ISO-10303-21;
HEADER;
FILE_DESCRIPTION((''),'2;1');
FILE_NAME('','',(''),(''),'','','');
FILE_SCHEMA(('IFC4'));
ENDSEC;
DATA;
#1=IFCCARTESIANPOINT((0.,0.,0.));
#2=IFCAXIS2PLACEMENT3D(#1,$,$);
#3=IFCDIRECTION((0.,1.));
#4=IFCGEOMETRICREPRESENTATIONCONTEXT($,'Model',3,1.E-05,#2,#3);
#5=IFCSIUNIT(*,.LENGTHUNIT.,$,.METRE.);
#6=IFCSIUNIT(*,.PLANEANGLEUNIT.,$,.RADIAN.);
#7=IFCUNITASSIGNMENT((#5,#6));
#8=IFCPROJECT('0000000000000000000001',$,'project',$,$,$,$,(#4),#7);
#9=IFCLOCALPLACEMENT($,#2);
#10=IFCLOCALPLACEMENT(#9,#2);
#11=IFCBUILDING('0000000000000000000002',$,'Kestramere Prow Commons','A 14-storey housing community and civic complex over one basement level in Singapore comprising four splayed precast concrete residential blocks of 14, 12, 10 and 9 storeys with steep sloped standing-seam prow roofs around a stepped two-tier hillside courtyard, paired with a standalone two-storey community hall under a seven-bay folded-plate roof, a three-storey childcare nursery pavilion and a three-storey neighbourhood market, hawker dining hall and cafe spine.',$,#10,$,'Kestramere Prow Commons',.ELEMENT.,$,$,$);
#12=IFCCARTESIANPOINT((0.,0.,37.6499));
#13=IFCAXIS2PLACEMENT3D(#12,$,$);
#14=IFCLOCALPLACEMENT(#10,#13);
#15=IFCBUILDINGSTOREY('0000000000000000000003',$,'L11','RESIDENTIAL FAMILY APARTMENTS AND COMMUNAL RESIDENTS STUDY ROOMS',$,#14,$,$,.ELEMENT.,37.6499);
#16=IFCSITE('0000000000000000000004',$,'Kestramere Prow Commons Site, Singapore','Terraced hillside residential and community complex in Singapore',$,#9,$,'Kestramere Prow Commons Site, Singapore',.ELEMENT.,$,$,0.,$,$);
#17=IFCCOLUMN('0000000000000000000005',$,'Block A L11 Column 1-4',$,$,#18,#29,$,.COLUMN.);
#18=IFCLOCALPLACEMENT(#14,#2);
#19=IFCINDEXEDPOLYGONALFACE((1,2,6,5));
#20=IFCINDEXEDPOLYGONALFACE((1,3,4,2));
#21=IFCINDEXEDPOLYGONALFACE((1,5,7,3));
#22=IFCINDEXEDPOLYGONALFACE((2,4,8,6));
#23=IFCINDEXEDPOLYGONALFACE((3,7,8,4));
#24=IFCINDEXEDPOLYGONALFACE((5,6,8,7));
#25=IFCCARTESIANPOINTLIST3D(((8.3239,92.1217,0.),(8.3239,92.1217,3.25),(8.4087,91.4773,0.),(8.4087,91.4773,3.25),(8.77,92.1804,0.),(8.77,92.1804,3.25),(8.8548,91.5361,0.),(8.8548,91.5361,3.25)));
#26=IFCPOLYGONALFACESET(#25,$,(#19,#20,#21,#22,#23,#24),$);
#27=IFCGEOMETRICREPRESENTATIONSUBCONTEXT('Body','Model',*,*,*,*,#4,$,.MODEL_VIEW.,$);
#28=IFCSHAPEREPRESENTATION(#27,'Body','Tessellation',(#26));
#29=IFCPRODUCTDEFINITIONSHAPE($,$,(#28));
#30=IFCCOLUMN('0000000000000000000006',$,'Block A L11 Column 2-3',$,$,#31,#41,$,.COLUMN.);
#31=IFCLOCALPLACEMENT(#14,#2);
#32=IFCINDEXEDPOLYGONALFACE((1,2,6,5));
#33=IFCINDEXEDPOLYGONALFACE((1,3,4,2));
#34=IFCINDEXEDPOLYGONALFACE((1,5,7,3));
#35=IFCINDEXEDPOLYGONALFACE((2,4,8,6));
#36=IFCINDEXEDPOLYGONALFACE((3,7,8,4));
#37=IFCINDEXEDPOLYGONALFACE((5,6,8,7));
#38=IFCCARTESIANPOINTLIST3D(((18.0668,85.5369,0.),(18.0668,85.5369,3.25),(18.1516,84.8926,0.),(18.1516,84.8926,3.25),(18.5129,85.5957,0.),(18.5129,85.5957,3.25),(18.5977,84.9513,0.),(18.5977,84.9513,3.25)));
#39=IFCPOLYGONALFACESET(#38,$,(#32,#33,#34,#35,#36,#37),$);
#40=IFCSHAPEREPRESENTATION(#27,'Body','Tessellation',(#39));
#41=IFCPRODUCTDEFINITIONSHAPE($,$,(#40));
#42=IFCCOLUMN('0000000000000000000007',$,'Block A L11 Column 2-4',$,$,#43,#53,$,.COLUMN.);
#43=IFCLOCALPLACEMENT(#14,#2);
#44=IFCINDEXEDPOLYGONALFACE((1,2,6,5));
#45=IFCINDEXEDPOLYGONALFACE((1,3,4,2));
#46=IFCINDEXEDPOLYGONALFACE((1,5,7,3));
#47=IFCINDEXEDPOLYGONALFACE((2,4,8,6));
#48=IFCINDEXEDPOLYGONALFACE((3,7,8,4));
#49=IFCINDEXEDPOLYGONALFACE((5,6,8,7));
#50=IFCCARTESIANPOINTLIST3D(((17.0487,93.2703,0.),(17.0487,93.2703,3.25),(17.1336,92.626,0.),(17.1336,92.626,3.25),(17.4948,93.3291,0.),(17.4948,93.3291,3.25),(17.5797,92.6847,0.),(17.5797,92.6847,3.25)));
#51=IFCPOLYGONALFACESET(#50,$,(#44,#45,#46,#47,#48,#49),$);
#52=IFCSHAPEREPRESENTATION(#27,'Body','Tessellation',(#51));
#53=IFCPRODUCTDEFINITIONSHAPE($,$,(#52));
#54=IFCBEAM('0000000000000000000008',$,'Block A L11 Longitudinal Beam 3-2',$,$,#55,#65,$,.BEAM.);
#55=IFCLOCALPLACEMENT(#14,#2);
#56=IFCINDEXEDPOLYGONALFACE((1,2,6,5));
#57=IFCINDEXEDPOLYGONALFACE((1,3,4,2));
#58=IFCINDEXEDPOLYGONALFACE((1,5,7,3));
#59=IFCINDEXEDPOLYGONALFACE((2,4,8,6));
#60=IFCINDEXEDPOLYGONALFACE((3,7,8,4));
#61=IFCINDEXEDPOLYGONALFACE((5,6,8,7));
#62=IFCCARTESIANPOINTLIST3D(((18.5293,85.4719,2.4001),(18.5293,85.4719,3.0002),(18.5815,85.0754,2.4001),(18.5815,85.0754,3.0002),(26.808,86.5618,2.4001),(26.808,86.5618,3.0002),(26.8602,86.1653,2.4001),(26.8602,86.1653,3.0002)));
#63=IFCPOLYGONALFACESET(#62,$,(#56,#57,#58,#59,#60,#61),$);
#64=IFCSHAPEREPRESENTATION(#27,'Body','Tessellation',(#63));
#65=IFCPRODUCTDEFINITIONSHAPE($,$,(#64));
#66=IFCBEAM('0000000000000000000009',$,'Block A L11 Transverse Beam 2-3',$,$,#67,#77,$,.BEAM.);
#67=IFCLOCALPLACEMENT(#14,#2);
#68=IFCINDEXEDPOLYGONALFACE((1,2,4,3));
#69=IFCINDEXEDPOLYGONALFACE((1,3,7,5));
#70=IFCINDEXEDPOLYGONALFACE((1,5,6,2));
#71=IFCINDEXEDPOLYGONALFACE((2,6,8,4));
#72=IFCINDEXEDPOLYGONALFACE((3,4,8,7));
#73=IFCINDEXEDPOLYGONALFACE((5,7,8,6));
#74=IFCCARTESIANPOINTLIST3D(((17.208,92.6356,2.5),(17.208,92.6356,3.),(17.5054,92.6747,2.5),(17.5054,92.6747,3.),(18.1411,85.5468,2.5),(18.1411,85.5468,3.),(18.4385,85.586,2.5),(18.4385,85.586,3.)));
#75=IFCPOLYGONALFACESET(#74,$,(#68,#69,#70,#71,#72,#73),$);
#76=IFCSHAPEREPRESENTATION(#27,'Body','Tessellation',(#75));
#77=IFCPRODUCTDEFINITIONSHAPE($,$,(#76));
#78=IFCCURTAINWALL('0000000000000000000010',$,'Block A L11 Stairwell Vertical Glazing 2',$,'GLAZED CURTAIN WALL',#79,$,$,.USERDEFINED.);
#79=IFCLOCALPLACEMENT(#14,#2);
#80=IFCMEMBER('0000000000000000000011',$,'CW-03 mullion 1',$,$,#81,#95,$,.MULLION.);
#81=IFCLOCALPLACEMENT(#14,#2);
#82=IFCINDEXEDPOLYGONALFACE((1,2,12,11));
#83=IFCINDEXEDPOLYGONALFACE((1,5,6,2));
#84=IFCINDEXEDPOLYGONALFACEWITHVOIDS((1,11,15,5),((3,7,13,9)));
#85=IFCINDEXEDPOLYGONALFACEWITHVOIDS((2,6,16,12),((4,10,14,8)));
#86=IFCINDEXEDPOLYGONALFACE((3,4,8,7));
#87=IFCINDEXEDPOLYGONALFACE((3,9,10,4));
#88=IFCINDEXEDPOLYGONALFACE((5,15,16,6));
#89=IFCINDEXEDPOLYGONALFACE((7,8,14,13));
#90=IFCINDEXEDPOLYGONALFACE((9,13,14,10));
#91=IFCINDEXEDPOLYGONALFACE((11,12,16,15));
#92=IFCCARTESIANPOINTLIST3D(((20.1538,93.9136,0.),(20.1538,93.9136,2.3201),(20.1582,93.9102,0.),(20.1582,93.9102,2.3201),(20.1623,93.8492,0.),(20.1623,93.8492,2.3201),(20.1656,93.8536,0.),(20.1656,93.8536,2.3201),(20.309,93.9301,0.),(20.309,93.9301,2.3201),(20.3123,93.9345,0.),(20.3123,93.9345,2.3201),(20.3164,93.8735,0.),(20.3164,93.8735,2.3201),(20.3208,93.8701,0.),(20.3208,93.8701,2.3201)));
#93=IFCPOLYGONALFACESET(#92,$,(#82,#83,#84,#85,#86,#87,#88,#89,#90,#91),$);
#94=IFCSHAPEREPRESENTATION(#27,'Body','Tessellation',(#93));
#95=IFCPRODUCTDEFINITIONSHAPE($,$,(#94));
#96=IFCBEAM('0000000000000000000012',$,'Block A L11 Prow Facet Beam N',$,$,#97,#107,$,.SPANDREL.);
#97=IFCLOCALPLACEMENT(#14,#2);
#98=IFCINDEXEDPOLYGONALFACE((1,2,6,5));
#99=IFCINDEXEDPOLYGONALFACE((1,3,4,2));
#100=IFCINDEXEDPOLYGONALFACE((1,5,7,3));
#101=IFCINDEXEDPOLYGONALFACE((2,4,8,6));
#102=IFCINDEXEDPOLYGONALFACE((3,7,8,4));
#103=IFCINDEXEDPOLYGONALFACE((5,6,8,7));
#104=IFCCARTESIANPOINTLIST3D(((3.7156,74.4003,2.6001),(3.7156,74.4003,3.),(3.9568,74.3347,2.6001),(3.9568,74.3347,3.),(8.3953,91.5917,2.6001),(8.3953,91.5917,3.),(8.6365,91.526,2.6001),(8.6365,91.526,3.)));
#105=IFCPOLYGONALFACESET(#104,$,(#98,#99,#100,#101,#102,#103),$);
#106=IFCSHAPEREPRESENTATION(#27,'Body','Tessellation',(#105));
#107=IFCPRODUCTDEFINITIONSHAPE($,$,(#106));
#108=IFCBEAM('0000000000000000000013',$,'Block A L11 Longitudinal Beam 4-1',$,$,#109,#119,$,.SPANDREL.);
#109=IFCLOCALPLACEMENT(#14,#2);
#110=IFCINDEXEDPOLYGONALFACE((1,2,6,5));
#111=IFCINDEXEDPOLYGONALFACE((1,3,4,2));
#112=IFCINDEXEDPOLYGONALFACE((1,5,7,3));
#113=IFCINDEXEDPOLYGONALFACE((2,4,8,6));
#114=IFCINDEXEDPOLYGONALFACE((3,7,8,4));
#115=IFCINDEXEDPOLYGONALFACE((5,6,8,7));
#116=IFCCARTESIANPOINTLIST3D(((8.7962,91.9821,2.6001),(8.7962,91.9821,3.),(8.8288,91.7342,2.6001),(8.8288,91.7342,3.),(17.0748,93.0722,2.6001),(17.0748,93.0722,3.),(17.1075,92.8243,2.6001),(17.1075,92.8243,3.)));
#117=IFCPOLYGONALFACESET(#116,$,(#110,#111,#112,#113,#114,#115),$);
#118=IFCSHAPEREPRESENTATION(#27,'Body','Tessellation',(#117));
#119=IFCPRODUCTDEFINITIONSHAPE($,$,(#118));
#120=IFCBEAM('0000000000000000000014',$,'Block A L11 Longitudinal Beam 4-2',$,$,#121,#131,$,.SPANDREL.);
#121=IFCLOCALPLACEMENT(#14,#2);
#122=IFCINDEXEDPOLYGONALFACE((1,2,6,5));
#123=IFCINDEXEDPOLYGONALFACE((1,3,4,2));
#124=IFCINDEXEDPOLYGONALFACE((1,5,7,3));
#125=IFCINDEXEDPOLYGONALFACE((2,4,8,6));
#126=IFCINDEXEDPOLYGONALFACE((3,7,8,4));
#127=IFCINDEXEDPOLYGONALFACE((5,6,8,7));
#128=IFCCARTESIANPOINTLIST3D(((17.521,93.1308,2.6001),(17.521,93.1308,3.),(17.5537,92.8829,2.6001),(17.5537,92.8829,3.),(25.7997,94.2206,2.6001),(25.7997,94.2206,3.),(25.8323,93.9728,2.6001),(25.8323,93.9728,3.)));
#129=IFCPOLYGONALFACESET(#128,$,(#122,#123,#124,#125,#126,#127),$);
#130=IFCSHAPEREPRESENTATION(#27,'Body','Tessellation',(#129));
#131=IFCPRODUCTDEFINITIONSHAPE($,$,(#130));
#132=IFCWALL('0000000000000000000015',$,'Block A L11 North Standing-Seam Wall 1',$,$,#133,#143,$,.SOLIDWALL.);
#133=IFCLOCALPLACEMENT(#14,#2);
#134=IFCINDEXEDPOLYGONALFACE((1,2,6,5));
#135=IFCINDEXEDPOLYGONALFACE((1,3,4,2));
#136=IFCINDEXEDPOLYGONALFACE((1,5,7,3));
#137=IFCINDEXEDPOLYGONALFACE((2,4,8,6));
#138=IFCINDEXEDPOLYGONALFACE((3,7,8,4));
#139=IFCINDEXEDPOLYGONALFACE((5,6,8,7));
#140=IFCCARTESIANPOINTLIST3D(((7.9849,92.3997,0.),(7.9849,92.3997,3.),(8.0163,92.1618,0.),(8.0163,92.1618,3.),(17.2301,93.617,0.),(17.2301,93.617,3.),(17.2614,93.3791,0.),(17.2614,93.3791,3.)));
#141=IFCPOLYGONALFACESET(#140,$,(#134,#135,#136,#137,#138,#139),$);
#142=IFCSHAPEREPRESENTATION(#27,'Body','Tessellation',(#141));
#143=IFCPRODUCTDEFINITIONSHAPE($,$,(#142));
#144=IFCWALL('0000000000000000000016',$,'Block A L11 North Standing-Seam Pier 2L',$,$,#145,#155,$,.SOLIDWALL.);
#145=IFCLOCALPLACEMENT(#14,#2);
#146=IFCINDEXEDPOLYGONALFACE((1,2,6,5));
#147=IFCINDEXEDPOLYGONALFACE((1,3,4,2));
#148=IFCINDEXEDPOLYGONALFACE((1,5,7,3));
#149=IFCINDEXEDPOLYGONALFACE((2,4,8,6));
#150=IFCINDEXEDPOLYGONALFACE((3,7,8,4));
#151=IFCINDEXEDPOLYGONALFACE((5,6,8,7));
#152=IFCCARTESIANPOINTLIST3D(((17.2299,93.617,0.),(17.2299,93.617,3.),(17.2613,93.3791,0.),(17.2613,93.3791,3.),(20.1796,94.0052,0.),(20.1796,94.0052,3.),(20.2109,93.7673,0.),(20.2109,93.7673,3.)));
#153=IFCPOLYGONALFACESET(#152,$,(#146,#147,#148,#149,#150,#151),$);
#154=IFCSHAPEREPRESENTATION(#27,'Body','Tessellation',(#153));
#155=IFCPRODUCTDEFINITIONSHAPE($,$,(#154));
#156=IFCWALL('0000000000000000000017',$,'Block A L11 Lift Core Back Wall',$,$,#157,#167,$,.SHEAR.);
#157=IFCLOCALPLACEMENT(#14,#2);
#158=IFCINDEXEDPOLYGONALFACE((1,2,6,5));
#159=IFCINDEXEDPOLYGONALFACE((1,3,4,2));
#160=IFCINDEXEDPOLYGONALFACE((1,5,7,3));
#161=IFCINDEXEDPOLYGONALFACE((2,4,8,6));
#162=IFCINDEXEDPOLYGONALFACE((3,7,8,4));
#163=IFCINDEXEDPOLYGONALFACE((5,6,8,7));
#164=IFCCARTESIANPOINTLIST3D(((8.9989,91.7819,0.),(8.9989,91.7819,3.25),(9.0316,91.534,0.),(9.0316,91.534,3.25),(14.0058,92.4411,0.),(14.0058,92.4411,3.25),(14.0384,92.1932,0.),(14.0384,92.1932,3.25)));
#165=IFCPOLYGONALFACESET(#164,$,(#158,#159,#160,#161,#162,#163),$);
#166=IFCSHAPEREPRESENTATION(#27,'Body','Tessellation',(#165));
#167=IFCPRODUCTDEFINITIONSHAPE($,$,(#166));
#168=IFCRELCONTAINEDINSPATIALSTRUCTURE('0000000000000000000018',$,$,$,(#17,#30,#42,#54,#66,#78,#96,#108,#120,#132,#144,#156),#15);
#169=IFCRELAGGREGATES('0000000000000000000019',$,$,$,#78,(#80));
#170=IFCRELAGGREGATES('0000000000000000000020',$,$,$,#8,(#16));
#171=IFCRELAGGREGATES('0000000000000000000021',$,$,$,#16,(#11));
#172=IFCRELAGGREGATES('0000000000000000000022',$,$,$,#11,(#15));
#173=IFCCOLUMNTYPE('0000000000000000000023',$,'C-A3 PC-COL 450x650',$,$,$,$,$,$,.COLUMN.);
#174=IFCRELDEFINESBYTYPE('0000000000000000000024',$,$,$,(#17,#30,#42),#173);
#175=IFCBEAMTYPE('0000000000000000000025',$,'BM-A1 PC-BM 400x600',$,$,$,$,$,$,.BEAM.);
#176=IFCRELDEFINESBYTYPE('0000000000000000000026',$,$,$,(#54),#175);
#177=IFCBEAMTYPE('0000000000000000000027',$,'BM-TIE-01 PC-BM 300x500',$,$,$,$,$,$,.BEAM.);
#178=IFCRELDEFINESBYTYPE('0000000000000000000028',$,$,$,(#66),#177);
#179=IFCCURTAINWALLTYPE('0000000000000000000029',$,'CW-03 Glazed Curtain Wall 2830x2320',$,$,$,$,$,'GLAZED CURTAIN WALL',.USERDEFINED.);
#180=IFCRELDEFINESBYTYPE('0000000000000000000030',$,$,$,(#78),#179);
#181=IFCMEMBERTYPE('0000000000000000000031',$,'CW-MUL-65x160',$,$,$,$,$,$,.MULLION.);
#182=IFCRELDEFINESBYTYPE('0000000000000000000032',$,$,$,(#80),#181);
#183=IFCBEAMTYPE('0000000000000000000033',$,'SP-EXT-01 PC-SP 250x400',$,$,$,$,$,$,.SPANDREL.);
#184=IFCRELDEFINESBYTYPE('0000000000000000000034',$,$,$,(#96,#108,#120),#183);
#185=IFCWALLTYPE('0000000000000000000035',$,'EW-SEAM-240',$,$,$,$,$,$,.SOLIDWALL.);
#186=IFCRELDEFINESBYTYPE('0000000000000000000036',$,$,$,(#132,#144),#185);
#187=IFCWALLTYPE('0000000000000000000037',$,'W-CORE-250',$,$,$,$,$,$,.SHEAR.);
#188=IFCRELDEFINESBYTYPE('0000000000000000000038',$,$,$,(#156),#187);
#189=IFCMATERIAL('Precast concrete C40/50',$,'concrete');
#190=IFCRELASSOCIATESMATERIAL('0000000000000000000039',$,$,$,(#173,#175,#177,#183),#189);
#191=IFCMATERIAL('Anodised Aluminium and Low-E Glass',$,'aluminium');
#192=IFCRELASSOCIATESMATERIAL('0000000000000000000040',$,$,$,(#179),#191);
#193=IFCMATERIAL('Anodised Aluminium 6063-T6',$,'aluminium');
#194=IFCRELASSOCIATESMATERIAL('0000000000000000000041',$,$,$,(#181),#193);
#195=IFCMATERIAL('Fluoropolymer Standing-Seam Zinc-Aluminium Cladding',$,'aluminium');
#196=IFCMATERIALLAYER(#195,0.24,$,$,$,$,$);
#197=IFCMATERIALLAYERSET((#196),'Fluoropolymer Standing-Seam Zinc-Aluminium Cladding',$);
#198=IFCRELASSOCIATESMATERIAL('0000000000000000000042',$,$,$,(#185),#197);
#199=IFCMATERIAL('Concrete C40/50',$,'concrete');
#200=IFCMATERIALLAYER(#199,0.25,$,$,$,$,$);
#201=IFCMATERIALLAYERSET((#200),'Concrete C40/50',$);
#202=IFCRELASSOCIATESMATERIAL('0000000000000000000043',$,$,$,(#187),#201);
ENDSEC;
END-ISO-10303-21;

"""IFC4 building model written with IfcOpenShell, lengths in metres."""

from ifc_helpers import new_model, si_unit, direction, frame, frame_2d, origin, origin_2d, place, context, subcontext, project, spatial, rectangle, hollow_rectangle, extrude, material, layer, layer_set, material_profile, profile_set, type_object, element, aggregate, save


model = new_model("IFC4")

# Units and contexts
model_context = context("Model", 3, precision=1e-05, world=origin(), true_north=direction((0.0, 1.0)))
body_context = subcontext(model_context, "Body", "Model", "MODEL_VIEW")
ifc_project = project(units=[si_unit("LENGTHUNIT", "METRE"), si_unit("PLANEANGLEUNIT", "RADIAN")], contexts=[model_context])

# Site, building, storey
site_placement = place(None, origin())
site = spatial("IfcSite", under=ifc_project, at=site_placement, Name="Kestramere Prow Commons Site, Singapore", Description="Terraced hillside residential and community complex in Singapore", LongName="Kestramere Prow Commons Site, Singapore", CompositionType="ELEMENT", RefElevation=0.0)
building_placement = place(site_placement, origin())
building = spatial("IfcBuilding", under=site, at=building_placement, Name="Kestramere Prow Commons", Description="A 14-storey housing community and civic complex over one basement level in Singapore comprising four splayed precast concrete residential blocks of 14, 12, 10 and 9 storeys with steep sloped standing-seam prow roofs around a stepped two-tier hillside courtyard, paired with a standalone two-storey community hall under a seven-bay folded-plate roof, a three-storey childcare nursery pavilion and a three-storey neighbourhood market, hawker dining hall and cafe spine.", LongName="Kestramere Prow Commons", CompositionType="ELEMENT")
storey_placement = place(building_placement, frame((0.0, 0.0, 37.6499)))
storey = spatial("IfcBuildingStorey", under=building, at=storey_placement, Name="L11", Description="RESIDENTIAL FAMILY APARTMENTS AND COMMUNAL RESIDENTS STUDY ROOMS", CompositionType="ELEMENT", Elevation=37.6499)

# Columns
ifc_material_1 = material(Name="Precast concrete C40/50", Category="concrete")
ifc_material_profile_1 = material_profile(ifc_material_1, rectangle(XDim=0.45, YDim=0.6499, at=origin_2d()), Name="PC-COL 450x650")
ifc_profile_set_1 = profile_set([ifc_material_profile_1], Name="Precast concrete C40/50")
column_type = type_object("IfcColumnType", Name="C-A3 PC-COL 450x650", PredefinedType="COLUMN", material=ifc_profile_set_1)
for number, where, z_axis, x_axis, name in (
    (1, (8.5894, 91.8289, 0.0), (0.0, 0.0, 1.0), (0.991445, 0.130526, 0.0), "Block A L11 Column 1-4"),
    (2, (18.3323, 85.2441, 0.0), (0.0, 0.0, 1.0), (0.991445, 0.130526, 0.0), "Block A L11 Column 2-3"),
    (3, (17.3142, 92.9775, 0.0), (0.0, 0.0, 1.0), (0.991445, 0.130526, 0.0), "Block A L11 Column 2-4"),
):
    element("IfcColumn", number, at=place(storey_placement, frame(where, z_axis=z_axis, x_axis=x_axis)), inside=storey, type_object=column_type, Name=name, PredefinedType="COLUMN", context=body_context, shape_type="SweptSolid", body=[
        extrude(rectangle(XDim=0.45, YDim=0.6499, at=origin_2d()), origin(), (0.0, 0.0, 1.0), 3.25),
    ])

# Beams
ifc_material_profile_2 = material_profile(ifc_material_1, rectangle(XDim=0.3999, YDim=0.6001, at=origin_2d()), Name="PC-BM 400x600")
ifc_profile_set_2 = profile_set([ifc_material_profile_2], Name="Precast concrete C40/50")
beam_type_1 = type_object("IfcBeamType", Name="BM-A1 PC-BM 400x600", PredefinedType="BEAM", material=ifc_profile_set_2)
beam_1_placement = place(storey_placement, frame((18.5554, 85.2737, 2.7002), z_axis=(0.991446, 0.13052, 0.0), x_axis=(-0.13052, 0.991446, 0.0)))
element("IfcBeam", 4, at=beam_1_placement, inside=storey, type_object=beam_type_1, Name="Block A L11 Longitudinal Beam 3-2", PredefinedType="BEAM", context=body_context, shape_type="SweptSolid", body=[
    extrude(rectangle(XDim=0.3999, YDim=0.6001, at=origin_2d()), origin(), (0.0, 0.0, 1.0), 8.3501),
])
ifc_material_profile_3 = material_profile(ifc_material_1, rectangle(XDim=0.3, YDim=0.5, at=origin_2d()), Name="PC-BM 300x500")
ifc_profile_set_3 = profile_set([ifc_material_profile_3], Name="Precast concrete C40/50")
beam_type_2 = type_object("IfcBeamType", Name="BM-TIE-01 PC-BM 300x500", PredefinedType="BEAM", material=ifc_profile_set_3)
beam_2_placement = place(storey_placement, frame((18.2898, 85.5664, 2.75), z_axis=(-0.130504, 0.991448, 0.0), x_axis=(-0.991448, -0.130504, 0.0)))
element("IfcBeam", 5, at=beam_2_placement, inside=storey, type_object=beam_type_2, Name="Block A L11 Transverse Beam 2-3", PredefinedType="BEAM", context=body_context, shape_type="SweptSolid", body=[
    extrude(rectangle(XDim=0.3, YDim=0.5, at=origin_2d()), origin(), (0.0, 0.0, 1.0), 7.1499),
])

# Curtain wall, member
ifc_material_2 = material(Name="Anodised Aluminium and Low-E Glass", Category="aluminium")
curtain_wall_type = type_object("IfcCurtainWallType", Name="CW-03 Glazed Curtain Wall 2830x2320", ElementType="GLAZED CURTAIN WALL", PredefinedType="USERDEFINED", material=ifc_material_2)
curtain_wall_placement = place(storey_placement, origin())
curtain_wall = element("IfcCurtainWall", 6, at=curtain_wall_placement, inside=storey, type_object=curtain_wall_type, Name="Block A L11 Stairwell Vertical Glazing 2", ObjectType="GLAZED CURTAIN WALL", PredefinedType="USERDEFINED")
ifc_material_3 = material(Name="Anodised Aluminium 6063-T6", Category="aluminium")
ifc_material_profile_4 = material_profile(ifc_material_3, hollow_rectangle(XDim=0.0649, YDim=0.1599, WallThickness=0.0039, at=origin_2d()), Name="ALU-MUL 65x160")
ifc_profile_set_4 = profile_set([ifc_material_profile_4], Name="Anodised Aluminium 6063-T6")
member_type = type_object("IfcMemberType", Name="CW-MUL-65x160", PredefinedType="MULLION", material=ifc_profile_set_4)
member_placement = place(storey_placement, frame((20.2373, 93.8918, 0.0), z_axis=(0.0, 0.0, 1.0), x_axis=(-0.130526, 0.991445, 0.0)))
member = element("IfcMember", 7, at=member_placement, type_object=member_type, Name="CW-03 mullion 1", PredefinedType="MULLION", context=body_context, shape_type="SweptSolid", body=[
    extrude(hollow_rectangle(XDim=0.0649, YDim=0.1599, WallThickness=0.0039, at=origin_2d()), origin(), (0.0, 0.0, 1.0), 2.3201),
])
aggregate(curtain_wall, [member])

# Beams
ifc_material_profile_5 = material_profile(ifc_material_1, rectangle(XDim=0.25, YDim=0.3999, at=origin_2d()), Name="PC-SP 250x400")
ifc_profile_set_5 = profile_set([ifc_material_profile_5], Name="Precast concrete C40/50")
beam_type_3 = type_object("IfcBeamType", Name="SP-EXT-01 PC-SP 250x400", PredefinedType="SPANDREL", material=ifc_profile_set_5)
beam_3_placement = place(storey_placement, frame((8.5159, 91.5588, 2.8), z_axis=(-0.262654, -0.96489, 0.0), x_axis=(0.96489, -0.262654, 0.0)))
element("IfcBeam", 8, at=beam_3_placement, inside=storey, type_object=beam_type_3, Name="Block A L11 Prow Facet Beam N", PredefinedType="SPANDREL", context=body_context, shape_type="SweptSolid", body=[
    extrude(rectangle(XDim=0.25, YDim=0.3999, at=origin_2d()), origin(), (0.0, 0.0, 1.0), 17.8169),
])
for number, where, z_axis, x_axis, name in (
    (9, (8.8125, 91.8582, 2.8), (0.991442, 0.130549, 0.0), (-0.130549, 0.991442, 0.0), "Block A L11 Longitudinal Beam 4-1"),
    (10, (17.5374, 93.0068, 2.8), (0.991446, 0.13052, 0.0), (-0.13052, 0.991446, 0.0), "Block A L11 Longitudinal Beam 4-2"),
):
    element("IfcBeam", number, at=place(storey_placement, frame(where, z_axis=z_axis, x_axis=x_axis)), inside=storey, type_object=beam_type_3, Name=name, PredefinedType="SPANDREL", context=body_context, shape_type="SweptSolid", body=[
        extrude(rectangle(XDim=0.25, YDim=0.3999, at=origin_2d()), origin(), (0.0, 0.0, 1.0), 8.3501),
    ])

# Walls
ifc_material_4 = material(Name="Fluoropolymer Standing-Seam Zinc-Aluminium Cladding", Category="aluminium")
ifc_layer_1 = layer(ifc_material_4, 0.24)
ifc_layer_set_1 = layer_set([ifc_layer_1], Name="Fluoropolymer Standing-Seam Zinc-Aluminium Cladding")
wall_type_1 = type_object("IfcWallType", Name="EW-SEAM-240", PredefinedType="SOLIDWALL", material=ifc_layer_set_1)
wall_1_placement = place(storey_placement, frame((8.0005, 92.2808, 0.0), z_axis=(0.0, 0.0, 1.0), x_axis=(0.991443, 0.130541, 0.0)))
element("IfcWall", 11, at=wall_1_placement, inside=storey, type_object=wall_type_1, Name="Block A L11 North Standing-Seam Wall 1", PredefinedType="SOLIDWALL", context=body_context, shape_type="SweptSolid", body=[
    extrude(rectangle(XDim=9.325, YDim=0.24, at=frame_2d((4.6626, 0.0))), origin(), (0.0, 0.0, 1.0), 3.0),
])
wall_2_placement = place(storey_placement, frame((17.2456, 93.498, 0.0), z_axis=(0.0, 0.0, 1.0), x_axis=(0.991452, 0.130476, 0.0)))
element("IfcWall", 12, at=wall_2_placement, inside=storey, type_object=wall_type_1, Name="Block A L11 North Standing-Seam Pier 2L", PredefinedType="SOLIDWALL", context=body_context, shape_type="SweptSolid", body=[
    extrude(rectangle(XDim=2.9751, YDim=0.24, at=frame_2d((1.4875, 0.0))), origin(), (0.0, 0.0, 1.0), 3.0),
])
ifc_material_5 = material(Name="Concrete C40/50", Category="concrete")
ifc_layer_2 = layer(ifc_material_5, 0.25)
ifc_layer_set_2 = layer_set([ifc_layer_2], Name="Concrete C40/50")
wall_type_2 = type_object("IfcWallType", Name="W-CORE-250", PredefinedType="SHEAR", material=ifc_layer_set_2)
wall_3_placement = place(storey_placement, frame((9.0154, 91.658, 0.0), z_axis=(0.0, 0.0, 1.0), x_axis=(0.991444, 0.13053, 0.0)))
element("IfcWall", 13, at=wall_3_placement, inside=storey, type_object=wall_type_2, Name="Block A L11 Lift Core Back Wall", PredefinedType="SHEAR", context=body_context, shape_type="SweptSolid", body=[
    extrude(rectangle(XDim=5.05, YDim=0.25, at=frame_2d((2.5249, 0.0))), origin(), (0.0, 0.0, 1.0), 3.25),
])

save(model, "model.ifc")
